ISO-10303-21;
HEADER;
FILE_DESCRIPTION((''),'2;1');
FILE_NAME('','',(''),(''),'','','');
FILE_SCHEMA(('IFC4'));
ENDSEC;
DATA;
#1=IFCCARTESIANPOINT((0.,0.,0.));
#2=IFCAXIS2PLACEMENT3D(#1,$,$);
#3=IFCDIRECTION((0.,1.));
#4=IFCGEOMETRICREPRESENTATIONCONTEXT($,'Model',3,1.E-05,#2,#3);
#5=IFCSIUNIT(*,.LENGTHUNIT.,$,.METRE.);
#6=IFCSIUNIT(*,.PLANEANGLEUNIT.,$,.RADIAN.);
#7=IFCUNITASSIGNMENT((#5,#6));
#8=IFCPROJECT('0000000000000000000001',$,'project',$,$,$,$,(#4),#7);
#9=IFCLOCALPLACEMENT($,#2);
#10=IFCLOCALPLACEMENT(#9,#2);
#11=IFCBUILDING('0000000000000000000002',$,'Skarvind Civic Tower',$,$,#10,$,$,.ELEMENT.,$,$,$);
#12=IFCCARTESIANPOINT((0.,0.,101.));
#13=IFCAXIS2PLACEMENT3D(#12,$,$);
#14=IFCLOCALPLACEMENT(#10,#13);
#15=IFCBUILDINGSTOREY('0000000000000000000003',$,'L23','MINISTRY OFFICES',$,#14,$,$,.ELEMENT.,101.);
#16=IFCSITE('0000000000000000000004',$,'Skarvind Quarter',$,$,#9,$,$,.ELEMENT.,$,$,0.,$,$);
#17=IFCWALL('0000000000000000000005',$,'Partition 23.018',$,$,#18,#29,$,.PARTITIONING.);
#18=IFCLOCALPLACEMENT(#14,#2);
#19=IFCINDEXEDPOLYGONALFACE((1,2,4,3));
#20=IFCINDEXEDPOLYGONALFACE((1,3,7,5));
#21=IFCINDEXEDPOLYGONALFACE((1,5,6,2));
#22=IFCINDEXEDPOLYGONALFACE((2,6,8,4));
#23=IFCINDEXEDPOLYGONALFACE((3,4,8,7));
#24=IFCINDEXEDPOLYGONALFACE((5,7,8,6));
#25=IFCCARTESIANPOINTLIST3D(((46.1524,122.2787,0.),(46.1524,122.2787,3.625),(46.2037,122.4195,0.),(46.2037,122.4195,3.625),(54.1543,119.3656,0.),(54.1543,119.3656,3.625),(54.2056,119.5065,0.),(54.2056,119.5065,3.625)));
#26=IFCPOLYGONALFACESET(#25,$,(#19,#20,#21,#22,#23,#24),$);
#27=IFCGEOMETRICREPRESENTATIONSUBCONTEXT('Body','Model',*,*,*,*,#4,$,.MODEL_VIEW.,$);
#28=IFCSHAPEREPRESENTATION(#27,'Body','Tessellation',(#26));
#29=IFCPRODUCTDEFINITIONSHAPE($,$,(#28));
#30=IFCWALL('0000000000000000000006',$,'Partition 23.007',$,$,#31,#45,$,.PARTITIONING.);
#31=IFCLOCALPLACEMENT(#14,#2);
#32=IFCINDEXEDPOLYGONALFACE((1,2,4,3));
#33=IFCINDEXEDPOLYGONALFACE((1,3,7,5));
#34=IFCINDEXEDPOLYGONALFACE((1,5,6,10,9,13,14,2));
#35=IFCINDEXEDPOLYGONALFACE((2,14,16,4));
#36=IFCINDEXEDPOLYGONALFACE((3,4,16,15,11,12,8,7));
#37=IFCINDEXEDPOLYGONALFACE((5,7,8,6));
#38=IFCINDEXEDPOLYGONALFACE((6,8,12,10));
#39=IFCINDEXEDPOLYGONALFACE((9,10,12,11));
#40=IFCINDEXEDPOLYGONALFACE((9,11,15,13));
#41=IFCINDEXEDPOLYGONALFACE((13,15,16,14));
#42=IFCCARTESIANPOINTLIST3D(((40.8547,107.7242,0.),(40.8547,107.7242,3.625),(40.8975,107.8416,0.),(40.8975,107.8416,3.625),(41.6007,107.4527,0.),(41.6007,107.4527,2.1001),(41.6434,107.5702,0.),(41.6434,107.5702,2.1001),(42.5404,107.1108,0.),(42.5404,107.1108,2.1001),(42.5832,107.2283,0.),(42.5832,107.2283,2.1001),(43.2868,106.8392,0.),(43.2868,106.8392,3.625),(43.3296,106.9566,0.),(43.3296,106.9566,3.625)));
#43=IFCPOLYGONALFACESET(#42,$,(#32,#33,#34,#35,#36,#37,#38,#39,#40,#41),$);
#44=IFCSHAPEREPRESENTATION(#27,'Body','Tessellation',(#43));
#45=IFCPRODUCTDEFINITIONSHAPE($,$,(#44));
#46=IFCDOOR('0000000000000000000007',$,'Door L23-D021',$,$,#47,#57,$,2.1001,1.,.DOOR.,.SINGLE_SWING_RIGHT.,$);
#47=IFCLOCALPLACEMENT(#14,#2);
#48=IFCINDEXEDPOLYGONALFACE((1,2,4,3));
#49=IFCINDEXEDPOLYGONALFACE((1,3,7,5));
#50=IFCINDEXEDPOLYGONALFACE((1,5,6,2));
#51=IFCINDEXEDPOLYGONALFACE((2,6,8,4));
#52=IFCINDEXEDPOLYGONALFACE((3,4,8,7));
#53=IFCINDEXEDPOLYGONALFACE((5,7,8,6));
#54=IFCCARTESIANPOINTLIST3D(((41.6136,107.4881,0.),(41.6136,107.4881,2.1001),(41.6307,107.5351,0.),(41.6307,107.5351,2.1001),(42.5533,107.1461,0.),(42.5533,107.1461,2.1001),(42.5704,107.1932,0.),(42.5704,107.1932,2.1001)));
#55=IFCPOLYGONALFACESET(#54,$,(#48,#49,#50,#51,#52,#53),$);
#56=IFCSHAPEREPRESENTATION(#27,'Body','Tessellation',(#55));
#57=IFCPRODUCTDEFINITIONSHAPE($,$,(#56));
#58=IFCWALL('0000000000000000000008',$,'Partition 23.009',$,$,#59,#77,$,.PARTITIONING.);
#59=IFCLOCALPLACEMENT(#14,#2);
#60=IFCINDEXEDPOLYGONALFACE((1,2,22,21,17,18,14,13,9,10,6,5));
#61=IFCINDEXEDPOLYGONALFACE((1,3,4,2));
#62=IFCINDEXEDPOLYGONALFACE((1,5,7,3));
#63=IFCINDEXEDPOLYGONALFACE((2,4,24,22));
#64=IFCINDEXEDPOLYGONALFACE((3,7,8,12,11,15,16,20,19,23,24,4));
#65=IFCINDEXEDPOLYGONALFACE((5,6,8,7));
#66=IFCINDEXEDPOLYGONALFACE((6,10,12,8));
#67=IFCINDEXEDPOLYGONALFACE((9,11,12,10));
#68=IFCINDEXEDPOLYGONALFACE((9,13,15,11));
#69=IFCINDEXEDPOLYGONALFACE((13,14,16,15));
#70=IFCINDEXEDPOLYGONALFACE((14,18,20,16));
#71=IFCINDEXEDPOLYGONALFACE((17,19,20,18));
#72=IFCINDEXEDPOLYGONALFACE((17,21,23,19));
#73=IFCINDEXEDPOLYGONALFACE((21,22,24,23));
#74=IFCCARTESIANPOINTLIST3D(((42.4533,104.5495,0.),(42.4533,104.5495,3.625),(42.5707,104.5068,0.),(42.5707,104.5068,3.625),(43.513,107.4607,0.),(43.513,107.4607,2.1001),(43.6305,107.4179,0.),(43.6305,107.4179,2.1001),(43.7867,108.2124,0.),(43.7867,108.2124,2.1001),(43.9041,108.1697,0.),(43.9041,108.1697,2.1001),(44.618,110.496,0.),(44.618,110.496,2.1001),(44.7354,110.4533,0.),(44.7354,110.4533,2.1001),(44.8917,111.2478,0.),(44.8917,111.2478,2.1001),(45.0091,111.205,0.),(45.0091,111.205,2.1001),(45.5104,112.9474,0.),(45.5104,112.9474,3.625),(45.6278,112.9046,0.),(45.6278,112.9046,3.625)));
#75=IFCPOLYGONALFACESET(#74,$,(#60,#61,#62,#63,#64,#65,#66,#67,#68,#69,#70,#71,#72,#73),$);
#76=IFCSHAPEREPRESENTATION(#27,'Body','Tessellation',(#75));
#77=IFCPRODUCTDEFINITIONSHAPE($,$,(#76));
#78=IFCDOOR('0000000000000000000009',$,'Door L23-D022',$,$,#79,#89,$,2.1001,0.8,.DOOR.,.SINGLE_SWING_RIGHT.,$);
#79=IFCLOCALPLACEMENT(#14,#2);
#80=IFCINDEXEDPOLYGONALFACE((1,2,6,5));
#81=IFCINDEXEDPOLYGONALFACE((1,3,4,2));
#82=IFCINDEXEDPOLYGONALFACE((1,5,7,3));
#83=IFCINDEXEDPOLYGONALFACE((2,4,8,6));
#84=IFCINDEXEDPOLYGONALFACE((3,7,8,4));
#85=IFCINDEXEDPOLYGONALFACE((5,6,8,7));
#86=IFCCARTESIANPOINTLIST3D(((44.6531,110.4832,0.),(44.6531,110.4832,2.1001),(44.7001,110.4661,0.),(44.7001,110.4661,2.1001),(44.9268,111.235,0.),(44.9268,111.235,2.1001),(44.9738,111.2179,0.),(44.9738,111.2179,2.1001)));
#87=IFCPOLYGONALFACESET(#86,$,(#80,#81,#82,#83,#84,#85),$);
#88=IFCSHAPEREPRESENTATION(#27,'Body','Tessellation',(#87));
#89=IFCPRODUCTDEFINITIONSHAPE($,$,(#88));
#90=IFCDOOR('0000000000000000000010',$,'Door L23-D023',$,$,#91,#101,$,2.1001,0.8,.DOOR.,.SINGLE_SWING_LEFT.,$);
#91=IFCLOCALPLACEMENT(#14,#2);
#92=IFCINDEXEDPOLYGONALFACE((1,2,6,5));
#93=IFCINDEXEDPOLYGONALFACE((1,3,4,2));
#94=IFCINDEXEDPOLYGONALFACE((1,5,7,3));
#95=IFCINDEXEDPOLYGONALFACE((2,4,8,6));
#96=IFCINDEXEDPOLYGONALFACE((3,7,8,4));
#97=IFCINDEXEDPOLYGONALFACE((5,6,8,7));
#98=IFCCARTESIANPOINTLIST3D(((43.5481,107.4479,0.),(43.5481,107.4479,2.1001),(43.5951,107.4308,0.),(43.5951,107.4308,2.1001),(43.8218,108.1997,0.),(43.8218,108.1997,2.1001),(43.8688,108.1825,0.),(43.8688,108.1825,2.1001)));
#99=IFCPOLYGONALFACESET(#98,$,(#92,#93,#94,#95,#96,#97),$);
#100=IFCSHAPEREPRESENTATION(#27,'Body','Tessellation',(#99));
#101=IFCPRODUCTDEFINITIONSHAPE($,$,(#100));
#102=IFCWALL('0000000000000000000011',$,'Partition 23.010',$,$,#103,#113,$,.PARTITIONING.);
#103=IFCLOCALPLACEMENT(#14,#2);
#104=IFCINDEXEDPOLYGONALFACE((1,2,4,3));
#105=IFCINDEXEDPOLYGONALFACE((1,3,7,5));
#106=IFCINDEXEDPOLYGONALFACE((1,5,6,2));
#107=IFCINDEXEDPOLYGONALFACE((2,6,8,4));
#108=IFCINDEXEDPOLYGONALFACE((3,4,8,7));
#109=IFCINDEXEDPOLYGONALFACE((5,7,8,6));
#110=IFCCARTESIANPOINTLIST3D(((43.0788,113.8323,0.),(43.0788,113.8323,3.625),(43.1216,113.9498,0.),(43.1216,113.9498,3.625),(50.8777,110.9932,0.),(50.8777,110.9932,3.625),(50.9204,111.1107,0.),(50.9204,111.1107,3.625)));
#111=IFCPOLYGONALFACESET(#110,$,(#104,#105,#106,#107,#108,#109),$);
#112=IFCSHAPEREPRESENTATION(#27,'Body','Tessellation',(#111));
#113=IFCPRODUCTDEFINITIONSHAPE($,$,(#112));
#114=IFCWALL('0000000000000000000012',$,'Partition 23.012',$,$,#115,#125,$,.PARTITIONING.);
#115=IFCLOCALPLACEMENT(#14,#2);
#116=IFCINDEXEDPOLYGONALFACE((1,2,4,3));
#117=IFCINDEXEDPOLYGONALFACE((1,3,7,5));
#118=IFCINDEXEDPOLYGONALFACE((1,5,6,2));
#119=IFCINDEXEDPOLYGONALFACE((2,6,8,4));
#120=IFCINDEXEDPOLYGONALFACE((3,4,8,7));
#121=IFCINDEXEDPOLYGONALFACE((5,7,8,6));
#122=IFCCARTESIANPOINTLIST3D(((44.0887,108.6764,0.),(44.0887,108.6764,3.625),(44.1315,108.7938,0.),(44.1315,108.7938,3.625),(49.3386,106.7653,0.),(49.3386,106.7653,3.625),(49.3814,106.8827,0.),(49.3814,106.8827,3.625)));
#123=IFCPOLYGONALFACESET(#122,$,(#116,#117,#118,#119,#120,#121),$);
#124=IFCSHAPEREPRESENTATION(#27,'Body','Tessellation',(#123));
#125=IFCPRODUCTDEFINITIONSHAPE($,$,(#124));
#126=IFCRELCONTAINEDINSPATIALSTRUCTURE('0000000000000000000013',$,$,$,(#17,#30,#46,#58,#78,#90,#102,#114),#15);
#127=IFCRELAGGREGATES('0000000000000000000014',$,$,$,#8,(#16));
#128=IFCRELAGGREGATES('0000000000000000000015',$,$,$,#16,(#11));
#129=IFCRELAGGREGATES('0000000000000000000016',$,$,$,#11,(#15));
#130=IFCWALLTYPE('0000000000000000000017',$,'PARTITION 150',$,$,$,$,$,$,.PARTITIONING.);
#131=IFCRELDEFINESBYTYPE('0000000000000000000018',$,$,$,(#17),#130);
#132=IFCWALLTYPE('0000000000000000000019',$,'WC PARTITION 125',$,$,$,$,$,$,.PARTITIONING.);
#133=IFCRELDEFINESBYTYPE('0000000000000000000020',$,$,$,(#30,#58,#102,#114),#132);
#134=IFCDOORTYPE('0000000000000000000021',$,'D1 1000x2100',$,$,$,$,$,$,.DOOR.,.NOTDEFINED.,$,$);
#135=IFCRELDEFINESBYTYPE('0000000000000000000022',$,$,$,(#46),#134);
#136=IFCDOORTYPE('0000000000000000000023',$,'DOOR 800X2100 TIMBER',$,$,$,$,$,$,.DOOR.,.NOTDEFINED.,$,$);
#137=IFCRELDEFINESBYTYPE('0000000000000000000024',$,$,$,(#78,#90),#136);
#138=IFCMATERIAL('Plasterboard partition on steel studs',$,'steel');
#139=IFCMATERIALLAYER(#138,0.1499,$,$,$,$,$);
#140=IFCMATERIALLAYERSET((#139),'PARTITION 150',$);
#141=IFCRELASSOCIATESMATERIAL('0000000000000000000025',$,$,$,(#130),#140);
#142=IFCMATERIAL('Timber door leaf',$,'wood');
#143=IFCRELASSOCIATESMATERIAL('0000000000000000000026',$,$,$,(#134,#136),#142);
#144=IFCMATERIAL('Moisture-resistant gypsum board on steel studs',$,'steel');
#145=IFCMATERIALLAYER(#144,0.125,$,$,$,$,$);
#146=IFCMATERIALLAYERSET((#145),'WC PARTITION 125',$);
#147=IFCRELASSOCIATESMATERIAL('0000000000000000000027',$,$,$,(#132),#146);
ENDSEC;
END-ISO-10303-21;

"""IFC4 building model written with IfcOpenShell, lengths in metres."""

from ifc_helpers import new_model, si_unit, direction, frame, frame_2d, origin, place, context, subcontext, project, spatial, rectangle, extrude, material, layer, layer_set, type_object, element, fill, save


model = new_model("IFC4")

# Units and contexts
model_context = context("Model", 3, precision=1e-05, world=origin(), true_north=direction((0.0, 1.0)))
body_context = subcontext(model_context, "Body", "Model", "MODEL_VIEW")
ifc_project = project(units=[si_unit("LENGTHUNIT", "METRE"), si_unit("PLANEANGLEUNIT", "RADIAN")], contexts=[model_context])

# Site, building, storey
site_placement = place(None, origin())
site = spatial("IfcSite", under=ifc_project, at=site_placement, Name="Skarvind Quarter", CompositionType="ELEMENT", RefElevation=0.0)
building_placement = place(site_placement, origin())
building = spatial("IfcBuilding", under=site, at=building_placement, Name="Skarvind Civic Tower", CompositionType="ELEMENT")
storey_placement = place(building_placement, frame((0.0, 0.0, 101.0)))
storey = spatial("IfcBuildingStorey", under=building, at=storey_placement, Name="L23", Description="MINISTRY OFFICES", CompositionType="ELEMENT", Elevation=101.0)

# Shared definitions
ifc_material_1 = material(Name="Plasterboard partition on steel studs", Category="steel")
ifc_layer_1 = layer(ifc_material_1, 0.1499)
ifc_layer_set_1 = layer_set([ifc_layer_1], Name="PARTITION 150")
wall_type_1 = type_object("IfcWallType", Name="PARTITION 150", PredefinedType="PARTITIONING", material=ifc_layer_set_1)

# Shared definitions
ifc_material_2 = material(Name="Timber door leaf", Category="wood")
door_type_1 = type_object("IfcDoorType", Name="D1 1000x2100", OperationType="NOTDEFINED", PredefinedType="DOOR", material=ifc_material_2)

# Wall
wall_1_placement = place(storey_placement, frame((54.1799, 119.436, 0.0), z_axis=(0.0, 0.0, 1.0), x_axis=(-0.939669, 0.342084, 0.0)))
element("IfcWall", 1, at=wall_1_placement, inside=storey, type_object=wall_type_1, Name="Partition 23.018", PredefinedType="PARTITIONING", context=body_context, shape_type="SweptSolid", body=[
    extrude(rectangle(XDim=8.5156, YDim=0.1499, at=frame_2d((4.2578, 0.0))), origin(), (0.0, 0.0, 1.0), 3.625),
])

# Wall, opening, door
ifc_material_3 = material(Name="Moisture-resistant gypsum board on steel studs", Category="steel")
ifc_layer_2 = layer(ifc_material_3, 0.125)
ifc_layer_set_2 = layer_set([ifc_layer_2], Name="WC PARTITION 125")
wall_type_2 = type_object("IfcWallType", Name="WC PARTITION 125", PredefinedType="PARTITIONING", material=ifc_layer_set_2)
wall_2_placement = place(storey_placement, frame((43.3081, 106.8979, 0.0), z_axis=(0.0, 0.0, 1.0), x_axis=(-0.939719, 0.341948, 0.0)))
wall_2 = element("IfcWall", 2, at=wall_2_placement, inside=storey, type_object=wall_type_2, Name="Partition 23.007", PredefinedType="PARTITIONING", context=body_context, shape_type="SweptSolid", body=[
    extrude(rectangle(XDim=2.5881, YDim=0.125, at=frame_2d((1.2939, 0.0))), origin(), (0.0, 0.0, 1.0), 3.625),
])
opening_1_placement = place(wall_2_placement, frame((0.7942, 0.0, 0.0)))
opening_1 = element("IfcOpeningElement", 3, at=opening_1_placement, cuts=wall_2, PredefinedType="OPENING", context=body_context, shape_type="SweptSolid", body=[
    extrude(rectangle(XDim=1.0, YDim=2.1001, at=frame_2d((0.5, 1.05))), frame((0.0, 0.0725, 0.0), z_axis=(0.0, -1.0, 0.0), x_axis=(1.0, 0.0, 0.0)), (0.0, 0.0, 1.0), 0.145),
])
door_1_placement = place(opening_1_placement, origin())
door_1 = element("IfcDoor", 4, at=door_1_placement, inside=storey, type_object=door_type_1, Name="Door L23-D021", OperationType="SINGLE_SWING_RIGHT", OverallHeight=2.1001, OverallWidth=1.0, PredefinedType="DOOR", context=body_context, shape_type="SweptSolid", body=[
    extrude(rectangle(XDim=1.0, YDim=2.1001, at=frame_2d((0.5, 1.05))), frame((0.0, 0.0249, 0.0), z_axis=(0.0, -1.0, 0.0), x_axis=(1.0, 0.0, 0.0)), (0.0, 0.0, 1.0), 0.05),
])
fill(opening_1, door_1)

# Wall, openings, doors
wall_3_placement = place(storey_placement, frame((45.5691, 112.926, 0.0), z_axis=(0.0, 0.0, 1.0), x_axis=(-0.342072, -0.939674, 0.0)))
wall_3 = element("IfcWall", 5, at=wall_3_placement, inside=storey, type_object=wall_type_2, Name="Partition 23.009", PredefinedType="PARTITIONING", context=body_context, shape_type="SweptSolid", body=[
    extrude(rectangle(XDim=8.937, YDim=0.125, at=frame_2d((4.4685, 0.0))), origin(), (0.0, 0.0, 1.0), 3.625),
])
opening_2_placement = place(wall_3_placement, frame((1.8088, 0.0, 0.0)))
opening_2 = element("IfcOpeningElement", 6, at=opening_2_placement, cuts=wall_3, PredefinedType="OPENING", context=body_context, shape_type="SweptSolid", body=[
    extrude(rectangle(XDim=0.8, YDim=2.1001, at=frame_2d((0.3999, 1.05))), frame((0.0, 0.0725, 0.0), z_axis=(0.0, -1.0, 0.0), x_axis=(1.0, 0.0, 0.0)), (0.0, 0.0, 1.0), 0.145),
])
opening_3_placement = place(wall_3_placement, frame((5.0391, 0.0, 0.0)))
opening_3 = element("IfcOpeningElement", 7, at=opening_3_placement, cuts=wall_3, PredefinedType="OPENING", context=body_context, shape_type="SweptSolid", body=[
    extrude(rectangle(XDim=0.8, YDim=2.1001, at=frame_2d((0.3999, 1.05))), frame((0.0, 0.0725, 0.0), z_axis=(0.0, -1.0, 0.0), x_axis=(1.0, 0.0, 0.0)), (0.0, 0.0, 1.0), 0.145),
])
door_type_2 = type_object("IfcDoorType", Name="DOOR 800X2100 TIMBER", OperationType="NOTDEFINED", PredefinedType="DOOR", material=ifc_material_2)
door_2_placement = place(opening_2_placement, origin())
door_2 = element("IfcDoor", 8, at=door_2_placement, inside=storey, type_object=door_type_2, Name="Door L23-D022", OperationType="SINGLE_SWING_RIGHT", OverallHeight=2.1001, OverallWidth=0.8, PredefinedType="DOOR", context=body_context, shape_type="SweptSolid", body=[
    extrude(rectangle(XDim=0.8, YDim=2.1001, at=frame_2d((0.3999, 1.05))), frame((0.0, 0.0249, 0.0), z_axis=(0.0, -1.0, 0.0), x_axis=(1.0, 0.0, 0.0)), (0.0, 0.0, 1.0), 0.05),
])
fill(opening_2, door_2)
door_3_placement = place(opening_3_placement, origin())
door_3 = element("IfcDoor", 9, at=door_3_placement, inside=storey, type_object=door_type_2, Name="Door L23-D023", OperationType="SINGLE_SWING_LEFT", OverallHeight=2.1001, OverallWidth=0.8, PredefinedType="DOOR", context=body_context, shape_type="SweptSolid", body=[
    extrude(rectangle(XDim=0.8, YDim=2.1001, at=frame_2d((0.3999, 1.05))), frame((0.0, 0.0249, 0.0), z_axis=(0.0, -1.0, 0.0), x_axis=(1.0, 0.0, 0.0)), (0.0, 0.0, 1.0), 0.05),
])
fill(opening_3, door_3)

# Walls
wall_4_placement = place(storey_placement, frame((43.1001, 113.8911, 0.0), z_axis=(0.0, 0.0, 1.0), x_axis=(0.939671, -0.342081, 0.0)))
element("IfcWall", 10, at=wall_4_placement, inside=storey, type_object=wall_type_2, Name="Partition 23.010", PredefinedType="PARTITIONING", context=body_context, shape_type="SweptSolid", body=[
    extrude(rectangle(XDim=8.2996, YDim=0.125, at=frame_2d((4.1499, 0.0))), origin(), (0.0, 0.0, 1.0), 3.625),
])
wall_5_placement = place(storey_placement, frame((44.1101, 108.7351, 0.0), z_axis=(0.0, 0.0, 1.0), x_axis=(0.939676, -0.342066, 0.0)))
element("IfcWall", 11, at=wall_5_placement, inside=storey, type_object=wall_type_2, Name="Partition 23.012", PredefinedType="PARTITIONING", context=body_context, shape_type="SweptSolid", body=[
    extrude(rectangle(XDim=5.5869, YDim=0.125, at=frame_2d((2.7935, 0.0))), origin(), (0.0, 0.0, 1.0), 3.625),
])

save(model, "model.ifc")
